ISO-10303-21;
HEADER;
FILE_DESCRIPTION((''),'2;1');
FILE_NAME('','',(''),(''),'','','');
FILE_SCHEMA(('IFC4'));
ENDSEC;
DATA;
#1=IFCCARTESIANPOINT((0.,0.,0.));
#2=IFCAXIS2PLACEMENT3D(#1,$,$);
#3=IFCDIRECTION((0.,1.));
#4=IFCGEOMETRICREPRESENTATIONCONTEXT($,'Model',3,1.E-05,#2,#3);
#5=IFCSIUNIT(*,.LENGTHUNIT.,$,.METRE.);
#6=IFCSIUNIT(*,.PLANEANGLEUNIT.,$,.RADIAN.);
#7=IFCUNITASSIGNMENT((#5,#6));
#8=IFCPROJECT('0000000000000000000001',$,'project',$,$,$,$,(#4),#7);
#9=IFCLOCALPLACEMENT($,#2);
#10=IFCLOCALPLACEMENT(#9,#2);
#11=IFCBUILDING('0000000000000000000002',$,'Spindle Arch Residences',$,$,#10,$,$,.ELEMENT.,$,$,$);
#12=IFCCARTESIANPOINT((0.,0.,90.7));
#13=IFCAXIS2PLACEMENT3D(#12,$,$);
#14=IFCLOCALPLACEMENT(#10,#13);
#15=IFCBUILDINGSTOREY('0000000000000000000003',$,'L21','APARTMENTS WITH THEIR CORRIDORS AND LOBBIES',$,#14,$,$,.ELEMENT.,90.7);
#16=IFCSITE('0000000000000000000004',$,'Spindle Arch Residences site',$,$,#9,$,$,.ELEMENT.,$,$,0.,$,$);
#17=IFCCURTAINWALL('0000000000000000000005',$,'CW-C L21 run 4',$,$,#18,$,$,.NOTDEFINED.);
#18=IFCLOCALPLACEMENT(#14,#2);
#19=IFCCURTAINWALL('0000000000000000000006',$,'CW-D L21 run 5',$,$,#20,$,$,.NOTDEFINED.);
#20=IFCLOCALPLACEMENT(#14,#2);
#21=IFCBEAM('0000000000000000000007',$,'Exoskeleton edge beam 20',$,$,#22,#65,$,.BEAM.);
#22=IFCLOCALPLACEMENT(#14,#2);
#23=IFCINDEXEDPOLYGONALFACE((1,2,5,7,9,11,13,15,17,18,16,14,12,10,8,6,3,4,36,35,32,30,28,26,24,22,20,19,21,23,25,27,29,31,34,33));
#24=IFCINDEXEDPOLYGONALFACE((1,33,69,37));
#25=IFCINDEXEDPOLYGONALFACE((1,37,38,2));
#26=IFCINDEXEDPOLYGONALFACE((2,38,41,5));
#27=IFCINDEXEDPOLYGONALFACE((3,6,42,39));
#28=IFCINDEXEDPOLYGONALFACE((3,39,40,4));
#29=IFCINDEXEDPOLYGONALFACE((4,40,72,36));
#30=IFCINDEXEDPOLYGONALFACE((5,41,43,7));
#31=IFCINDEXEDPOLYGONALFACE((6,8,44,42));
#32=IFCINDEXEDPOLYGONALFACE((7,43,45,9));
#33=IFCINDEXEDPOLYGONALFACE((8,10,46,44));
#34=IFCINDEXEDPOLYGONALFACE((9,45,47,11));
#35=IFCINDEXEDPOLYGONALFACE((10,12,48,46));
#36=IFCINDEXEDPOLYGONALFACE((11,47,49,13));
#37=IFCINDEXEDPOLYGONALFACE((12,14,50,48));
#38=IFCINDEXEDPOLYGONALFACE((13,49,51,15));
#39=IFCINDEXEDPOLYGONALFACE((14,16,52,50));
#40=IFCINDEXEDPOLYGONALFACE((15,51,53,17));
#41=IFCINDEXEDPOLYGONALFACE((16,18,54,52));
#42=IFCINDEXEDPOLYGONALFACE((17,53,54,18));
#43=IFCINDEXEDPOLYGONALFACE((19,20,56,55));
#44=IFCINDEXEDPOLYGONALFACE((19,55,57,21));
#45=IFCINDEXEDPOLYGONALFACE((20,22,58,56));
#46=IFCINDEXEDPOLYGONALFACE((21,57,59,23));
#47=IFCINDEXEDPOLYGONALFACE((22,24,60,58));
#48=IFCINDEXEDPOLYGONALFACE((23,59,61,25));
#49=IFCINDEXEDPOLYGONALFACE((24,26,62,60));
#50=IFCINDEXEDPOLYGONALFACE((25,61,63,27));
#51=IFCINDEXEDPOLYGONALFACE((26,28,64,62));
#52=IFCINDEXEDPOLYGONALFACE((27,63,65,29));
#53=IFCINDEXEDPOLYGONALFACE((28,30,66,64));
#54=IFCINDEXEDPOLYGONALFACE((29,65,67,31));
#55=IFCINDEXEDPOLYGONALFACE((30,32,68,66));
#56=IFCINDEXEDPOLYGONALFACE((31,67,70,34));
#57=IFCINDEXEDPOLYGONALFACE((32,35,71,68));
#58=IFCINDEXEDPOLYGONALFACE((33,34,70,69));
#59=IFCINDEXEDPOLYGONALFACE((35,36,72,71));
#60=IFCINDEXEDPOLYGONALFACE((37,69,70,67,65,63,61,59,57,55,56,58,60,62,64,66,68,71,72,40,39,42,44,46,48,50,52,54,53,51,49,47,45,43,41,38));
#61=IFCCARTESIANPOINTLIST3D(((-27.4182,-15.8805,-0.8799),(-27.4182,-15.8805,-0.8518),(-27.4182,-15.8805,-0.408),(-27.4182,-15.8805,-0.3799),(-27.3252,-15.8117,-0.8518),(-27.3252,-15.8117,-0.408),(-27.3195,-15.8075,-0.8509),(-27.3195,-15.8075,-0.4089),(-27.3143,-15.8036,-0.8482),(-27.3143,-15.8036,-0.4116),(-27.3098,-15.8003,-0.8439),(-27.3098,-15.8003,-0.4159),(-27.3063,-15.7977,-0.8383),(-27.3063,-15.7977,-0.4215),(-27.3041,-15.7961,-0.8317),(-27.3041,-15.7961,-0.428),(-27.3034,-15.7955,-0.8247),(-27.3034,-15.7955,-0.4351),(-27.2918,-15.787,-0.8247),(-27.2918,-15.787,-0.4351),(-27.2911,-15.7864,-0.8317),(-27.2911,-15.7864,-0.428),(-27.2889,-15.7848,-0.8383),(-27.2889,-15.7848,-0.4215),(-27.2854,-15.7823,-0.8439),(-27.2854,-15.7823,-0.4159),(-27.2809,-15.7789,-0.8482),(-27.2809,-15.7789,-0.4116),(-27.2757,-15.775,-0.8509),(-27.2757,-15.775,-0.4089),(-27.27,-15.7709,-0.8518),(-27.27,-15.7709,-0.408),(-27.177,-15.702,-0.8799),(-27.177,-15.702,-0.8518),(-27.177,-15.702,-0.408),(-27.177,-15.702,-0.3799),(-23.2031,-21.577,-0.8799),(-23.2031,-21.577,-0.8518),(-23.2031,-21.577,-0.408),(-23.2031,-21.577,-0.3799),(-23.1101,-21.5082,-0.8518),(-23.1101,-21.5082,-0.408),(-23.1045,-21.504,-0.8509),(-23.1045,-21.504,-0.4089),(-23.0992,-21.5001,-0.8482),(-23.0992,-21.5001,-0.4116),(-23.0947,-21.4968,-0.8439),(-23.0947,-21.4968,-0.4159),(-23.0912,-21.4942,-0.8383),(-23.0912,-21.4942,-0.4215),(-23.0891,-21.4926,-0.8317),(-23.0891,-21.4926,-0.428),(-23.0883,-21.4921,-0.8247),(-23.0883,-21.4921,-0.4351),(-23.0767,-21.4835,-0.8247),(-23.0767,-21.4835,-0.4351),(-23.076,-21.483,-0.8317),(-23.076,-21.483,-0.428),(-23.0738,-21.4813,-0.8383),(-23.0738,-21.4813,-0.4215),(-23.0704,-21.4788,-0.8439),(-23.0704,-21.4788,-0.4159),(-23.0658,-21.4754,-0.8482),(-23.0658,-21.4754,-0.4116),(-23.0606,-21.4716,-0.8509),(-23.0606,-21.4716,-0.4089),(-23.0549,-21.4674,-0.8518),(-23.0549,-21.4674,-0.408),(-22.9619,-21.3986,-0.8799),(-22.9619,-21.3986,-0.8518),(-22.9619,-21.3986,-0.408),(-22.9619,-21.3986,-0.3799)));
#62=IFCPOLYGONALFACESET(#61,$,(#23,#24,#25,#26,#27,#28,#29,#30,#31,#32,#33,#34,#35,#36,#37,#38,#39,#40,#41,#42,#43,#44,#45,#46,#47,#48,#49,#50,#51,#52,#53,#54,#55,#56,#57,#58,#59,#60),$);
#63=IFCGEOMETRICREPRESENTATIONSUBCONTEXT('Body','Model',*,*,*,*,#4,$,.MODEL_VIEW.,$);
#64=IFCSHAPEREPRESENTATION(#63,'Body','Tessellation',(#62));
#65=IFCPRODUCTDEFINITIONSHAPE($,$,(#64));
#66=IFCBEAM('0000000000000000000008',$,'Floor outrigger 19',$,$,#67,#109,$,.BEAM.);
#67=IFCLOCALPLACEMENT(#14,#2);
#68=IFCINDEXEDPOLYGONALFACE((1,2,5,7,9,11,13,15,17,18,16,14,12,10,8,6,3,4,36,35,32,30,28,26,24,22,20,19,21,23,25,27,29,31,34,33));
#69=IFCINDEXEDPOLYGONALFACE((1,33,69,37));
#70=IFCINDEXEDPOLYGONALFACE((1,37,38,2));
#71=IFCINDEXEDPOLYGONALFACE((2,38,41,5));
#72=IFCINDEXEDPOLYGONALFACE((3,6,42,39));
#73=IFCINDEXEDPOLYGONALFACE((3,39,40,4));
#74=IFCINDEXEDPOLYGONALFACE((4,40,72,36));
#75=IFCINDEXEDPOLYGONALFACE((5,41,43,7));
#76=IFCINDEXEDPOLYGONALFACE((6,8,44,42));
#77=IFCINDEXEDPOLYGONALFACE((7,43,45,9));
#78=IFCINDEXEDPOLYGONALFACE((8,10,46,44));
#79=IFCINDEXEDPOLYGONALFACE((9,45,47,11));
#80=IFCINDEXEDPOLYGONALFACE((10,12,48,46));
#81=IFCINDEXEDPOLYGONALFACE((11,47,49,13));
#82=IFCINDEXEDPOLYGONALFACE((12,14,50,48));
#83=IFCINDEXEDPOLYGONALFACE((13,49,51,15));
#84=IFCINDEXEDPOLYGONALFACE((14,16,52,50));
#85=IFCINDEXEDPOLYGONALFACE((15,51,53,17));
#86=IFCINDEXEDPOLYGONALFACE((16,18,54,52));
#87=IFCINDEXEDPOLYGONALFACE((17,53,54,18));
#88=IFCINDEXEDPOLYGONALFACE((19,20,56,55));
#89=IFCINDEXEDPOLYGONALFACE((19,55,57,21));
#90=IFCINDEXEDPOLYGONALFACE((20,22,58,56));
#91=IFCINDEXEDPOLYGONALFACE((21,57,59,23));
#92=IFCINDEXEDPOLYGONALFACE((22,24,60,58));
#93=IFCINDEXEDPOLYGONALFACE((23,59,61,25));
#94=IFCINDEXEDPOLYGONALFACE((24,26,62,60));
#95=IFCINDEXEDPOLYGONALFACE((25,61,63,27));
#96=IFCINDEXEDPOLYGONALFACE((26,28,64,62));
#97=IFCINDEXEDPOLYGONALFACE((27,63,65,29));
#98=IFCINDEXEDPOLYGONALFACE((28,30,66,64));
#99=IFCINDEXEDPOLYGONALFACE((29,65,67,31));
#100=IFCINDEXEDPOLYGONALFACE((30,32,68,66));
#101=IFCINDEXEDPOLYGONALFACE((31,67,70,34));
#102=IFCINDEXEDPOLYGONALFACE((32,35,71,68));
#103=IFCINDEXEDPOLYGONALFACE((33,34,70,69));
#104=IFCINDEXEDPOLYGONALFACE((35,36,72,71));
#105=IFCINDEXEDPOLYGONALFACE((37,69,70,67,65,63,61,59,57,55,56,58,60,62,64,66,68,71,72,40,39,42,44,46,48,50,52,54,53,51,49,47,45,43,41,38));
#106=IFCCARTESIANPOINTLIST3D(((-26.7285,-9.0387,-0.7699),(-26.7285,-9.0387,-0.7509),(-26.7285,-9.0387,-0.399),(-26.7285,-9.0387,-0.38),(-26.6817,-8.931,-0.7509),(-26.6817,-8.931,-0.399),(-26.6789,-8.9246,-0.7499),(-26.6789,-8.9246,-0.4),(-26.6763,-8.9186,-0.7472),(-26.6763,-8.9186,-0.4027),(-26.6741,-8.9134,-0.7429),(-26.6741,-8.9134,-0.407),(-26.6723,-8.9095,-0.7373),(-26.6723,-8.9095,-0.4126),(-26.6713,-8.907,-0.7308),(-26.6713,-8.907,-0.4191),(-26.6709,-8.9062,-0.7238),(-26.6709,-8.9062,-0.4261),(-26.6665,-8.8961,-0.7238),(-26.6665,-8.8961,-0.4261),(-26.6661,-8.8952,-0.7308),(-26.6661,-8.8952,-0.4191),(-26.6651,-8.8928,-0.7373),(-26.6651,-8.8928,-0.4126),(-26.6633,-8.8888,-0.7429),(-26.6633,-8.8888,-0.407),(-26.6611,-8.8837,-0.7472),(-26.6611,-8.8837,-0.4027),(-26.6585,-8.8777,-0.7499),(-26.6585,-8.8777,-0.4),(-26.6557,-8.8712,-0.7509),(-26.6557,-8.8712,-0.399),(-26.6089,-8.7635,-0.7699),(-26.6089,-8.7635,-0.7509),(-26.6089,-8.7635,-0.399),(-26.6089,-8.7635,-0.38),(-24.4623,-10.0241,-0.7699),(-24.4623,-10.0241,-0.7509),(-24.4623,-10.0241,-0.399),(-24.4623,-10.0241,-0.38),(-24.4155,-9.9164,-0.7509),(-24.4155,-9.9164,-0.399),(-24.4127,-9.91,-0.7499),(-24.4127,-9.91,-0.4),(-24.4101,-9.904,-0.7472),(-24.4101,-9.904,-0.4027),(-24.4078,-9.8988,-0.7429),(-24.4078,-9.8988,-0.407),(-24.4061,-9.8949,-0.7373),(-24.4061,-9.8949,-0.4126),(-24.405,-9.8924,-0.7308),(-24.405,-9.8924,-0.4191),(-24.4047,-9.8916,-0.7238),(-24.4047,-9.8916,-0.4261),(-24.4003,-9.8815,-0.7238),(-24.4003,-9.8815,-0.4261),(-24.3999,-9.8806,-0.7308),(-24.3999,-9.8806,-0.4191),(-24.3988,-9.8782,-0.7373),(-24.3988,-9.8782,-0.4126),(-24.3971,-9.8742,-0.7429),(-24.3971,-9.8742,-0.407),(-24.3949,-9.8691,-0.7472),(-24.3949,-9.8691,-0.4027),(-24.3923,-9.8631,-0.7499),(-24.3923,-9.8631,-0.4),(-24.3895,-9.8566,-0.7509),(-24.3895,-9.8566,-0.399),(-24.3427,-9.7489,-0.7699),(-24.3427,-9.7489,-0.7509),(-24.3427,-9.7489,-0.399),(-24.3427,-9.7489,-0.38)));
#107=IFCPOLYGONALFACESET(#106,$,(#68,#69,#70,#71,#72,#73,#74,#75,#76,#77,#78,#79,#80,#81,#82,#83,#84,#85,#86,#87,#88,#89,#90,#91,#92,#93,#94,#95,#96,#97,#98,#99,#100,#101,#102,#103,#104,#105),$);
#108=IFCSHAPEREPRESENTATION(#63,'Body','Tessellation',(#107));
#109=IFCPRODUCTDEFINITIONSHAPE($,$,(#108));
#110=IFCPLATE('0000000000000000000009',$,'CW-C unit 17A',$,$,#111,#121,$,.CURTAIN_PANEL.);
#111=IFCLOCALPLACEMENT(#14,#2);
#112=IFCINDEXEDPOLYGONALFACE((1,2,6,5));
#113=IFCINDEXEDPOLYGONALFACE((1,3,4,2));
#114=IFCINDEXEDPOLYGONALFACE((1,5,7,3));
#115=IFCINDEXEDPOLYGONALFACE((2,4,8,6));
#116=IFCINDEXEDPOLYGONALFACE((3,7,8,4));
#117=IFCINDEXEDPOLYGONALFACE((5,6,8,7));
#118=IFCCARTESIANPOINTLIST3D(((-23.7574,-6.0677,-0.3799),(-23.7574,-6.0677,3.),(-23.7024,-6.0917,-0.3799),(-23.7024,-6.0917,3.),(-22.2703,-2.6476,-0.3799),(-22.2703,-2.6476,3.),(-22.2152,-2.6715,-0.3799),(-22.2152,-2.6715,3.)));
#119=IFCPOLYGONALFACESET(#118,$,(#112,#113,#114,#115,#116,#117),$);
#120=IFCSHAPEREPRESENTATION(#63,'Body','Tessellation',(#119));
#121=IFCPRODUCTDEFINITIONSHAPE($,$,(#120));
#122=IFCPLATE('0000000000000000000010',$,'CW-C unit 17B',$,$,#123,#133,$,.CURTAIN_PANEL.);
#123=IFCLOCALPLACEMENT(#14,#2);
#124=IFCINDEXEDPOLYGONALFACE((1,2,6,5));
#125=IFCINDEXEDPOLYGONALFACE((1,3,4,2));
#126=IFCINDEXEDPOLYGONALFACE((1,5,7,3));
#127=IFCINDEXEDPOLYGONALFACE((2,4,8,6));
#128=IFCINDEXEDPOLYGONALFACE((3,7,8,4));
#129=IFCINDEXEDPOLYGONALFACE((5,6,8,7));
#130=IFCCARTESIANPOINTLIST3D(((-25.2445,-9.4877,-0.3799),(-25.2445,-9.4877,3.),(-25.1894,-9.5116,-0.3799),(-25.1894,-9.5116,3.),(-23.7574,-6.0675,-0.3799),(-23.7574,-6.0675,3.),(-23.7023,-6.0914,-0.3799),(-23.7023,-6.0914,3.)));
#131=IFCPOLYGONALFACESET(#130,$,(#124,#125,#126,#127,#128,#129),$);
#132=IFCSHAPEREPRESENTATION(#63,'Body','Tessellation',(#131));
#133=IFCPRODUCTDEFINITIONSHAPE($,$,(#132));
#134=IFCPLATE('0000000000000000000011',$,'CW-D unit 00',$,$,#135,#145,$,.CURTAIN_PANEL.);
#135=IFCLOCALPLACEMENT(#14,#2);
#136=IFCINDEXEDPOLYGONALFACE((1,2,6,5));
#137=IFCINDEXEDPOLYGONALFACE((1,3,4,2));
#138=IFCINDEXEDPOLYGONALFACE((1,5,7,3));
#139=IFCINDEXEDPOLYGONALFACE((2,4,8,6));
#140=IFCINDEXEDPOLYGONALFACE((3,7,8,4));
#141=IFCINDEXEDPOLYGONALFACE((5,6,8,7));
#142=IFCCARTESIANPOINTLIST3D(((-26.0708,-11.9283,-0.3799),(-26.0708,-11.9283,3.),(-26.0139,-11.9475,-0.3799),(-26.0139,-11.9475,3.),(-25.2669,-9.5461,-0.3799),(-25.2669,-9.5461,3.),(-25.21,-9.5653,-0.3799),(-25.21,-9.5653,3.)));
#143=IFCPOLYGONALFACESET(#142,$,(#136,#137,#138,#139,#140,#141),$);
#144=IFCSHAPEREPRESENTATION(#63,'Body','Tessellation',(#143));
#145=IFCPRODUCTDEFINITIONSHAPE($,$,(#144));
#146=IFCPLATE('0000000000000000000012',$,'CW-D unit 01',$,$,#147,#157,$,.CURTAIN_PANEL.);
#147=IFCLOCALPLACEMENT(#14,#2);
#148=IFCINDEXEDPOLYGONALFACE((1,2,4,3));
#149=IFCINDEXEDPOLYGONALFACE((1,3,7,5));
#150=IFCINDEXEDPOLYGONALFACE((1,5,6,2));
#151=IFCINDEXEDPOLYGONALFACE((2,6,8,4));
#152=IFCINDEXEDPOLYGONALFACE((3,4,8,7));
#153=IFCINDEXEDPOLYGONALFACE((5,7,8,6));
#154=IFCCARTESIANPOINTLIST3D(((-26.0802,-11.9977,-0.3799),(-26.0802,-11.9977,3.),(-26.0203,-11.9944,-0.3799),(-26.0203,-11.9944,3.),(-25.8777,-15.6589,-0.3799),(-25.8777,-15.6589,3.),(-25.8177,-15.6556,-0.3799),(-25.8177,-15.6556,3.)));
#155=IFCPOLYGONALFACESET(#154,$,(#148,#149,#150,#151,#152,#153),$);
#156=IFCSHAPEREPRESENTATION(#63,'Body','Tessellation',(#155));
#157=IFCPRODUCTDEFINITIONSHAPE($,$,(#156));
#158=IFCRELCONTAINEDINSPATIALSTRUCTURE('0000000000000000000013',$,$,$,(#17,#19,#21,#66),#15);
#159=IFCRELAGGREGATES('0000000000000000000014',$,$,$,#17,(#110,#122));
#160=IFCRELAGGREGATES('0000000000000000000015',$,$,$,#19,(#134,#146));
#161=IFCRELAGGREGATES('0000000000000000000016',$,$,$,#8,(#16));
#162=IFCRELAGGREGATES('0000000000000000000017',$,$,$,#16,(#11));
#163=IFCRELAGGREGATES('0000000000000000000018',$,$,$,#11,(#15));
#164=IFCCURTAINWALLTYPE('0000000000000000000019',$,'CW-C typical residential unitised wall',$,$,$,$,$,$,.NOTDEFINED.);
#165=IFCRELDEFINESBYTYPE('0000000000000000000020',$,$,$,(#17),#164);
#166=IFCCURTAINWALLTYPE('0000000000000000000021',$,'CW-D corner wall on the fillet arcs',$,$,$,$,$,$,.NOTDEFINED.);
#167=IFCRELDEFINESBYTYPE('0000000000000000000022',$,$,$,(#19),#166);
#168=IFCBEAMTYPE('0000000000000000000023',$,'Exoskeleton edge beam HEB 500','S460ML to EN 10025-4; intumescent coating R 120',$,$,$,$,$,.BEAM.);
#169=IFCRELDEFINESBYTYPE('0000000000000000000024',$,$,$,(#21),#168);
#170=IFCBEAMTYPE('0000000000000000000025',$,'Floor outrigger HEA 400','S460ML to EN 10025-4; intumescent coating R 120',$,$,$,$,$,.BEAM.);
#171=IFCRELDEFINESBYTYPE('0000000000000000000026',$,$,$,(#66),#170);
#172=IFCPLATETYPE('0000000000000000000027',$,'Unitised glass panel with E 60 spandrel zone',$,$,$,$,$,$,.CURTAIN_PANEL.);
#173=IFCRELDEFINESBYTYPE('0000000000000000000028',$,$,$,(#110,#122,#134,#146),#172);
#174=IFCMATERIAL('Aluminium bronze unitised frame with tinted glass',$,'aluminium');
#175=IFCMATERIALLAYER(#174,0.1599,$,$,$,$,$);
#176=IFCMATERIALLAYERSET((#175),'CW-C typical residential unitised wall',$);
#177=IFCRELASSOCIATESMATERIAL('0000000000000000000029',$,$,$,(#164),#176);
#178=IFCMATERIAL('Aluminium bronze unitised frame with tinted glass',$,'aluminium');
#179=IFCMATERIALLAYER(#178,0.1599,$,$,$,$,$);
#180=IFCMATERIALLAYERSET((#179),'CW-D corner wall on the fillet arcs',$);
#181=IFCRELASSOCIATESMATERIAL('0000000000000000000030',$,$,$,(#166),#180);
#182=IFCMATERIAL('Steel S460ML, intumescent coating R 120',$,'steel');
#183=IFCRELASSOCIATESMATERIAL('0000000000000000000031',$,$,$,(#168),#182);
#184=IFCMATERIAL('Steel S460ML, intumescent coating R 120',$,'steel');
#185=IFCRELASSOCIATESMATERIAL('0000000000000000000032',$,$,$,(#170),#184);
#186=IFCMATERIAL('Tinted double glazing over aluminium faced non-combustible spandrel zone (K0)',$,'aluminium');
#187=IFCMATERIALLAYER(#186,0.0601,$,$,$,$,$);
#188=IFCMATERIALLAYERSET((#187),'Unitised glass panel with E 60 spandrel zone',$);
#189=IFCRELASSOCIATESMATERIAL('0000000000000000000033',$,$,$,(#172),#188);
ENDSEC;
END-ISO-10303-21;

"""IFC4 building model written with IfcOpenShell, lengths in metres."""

from ifc_helpers import new_model, si_unit, direction, frame, origin, origin_2d, place, context, subcontext, project, spatial, rectangle, i_section, extrude, material, layer, layer_set, material_profile, profile_set, type_object, element, aggregate, save


model = new_model("IFC4")

# Units and contexts
model_context = context("Model", 3, precision=1e-05, world=origin(), true_north=direction((0.0, 1.0)))
body_context = subcontext(model_context, "Body", "Model", "MODEL_VIEW")
ifc_project = project(units=[si_unit("LENGTHUNIT", "METRE"), si_unit("PLANEANGLEUNIT", "RADIAN")], contexts=[model_context])

# Site, building, storey
site_placement = place(None, origin())
site = spatial("IfcSite", under=ifc_project, at=site_placement, Name="Spindle Arch Residences site", CompositionType="ELEMENT", RefElevation=0.0)
building_placement = place(site_placement, origin())
building = spatial("IfcBuilding", under=site, at=building_placement, Name="Spindle Arch Residences", CompositionType="ELEMENT")
storey_placement = place(building_placement, frame((0.0, 0.0, 90.7)))
storey = spatial("IfcBuildingStorey", under=building, at=storey_placement, Name="L21", Description="APARTMENTS WITH THEIR CORRIDORS AND LOBBIES", CompositionType="ELEMENT", Elevation=90.7)

# Curtain wall
ifc_material_1 = material(Name="Aluminium bronze unitised frame with tinted glass", Category="aluminium")
ifc_layer_1 = layer(ifc_material_1, 0.1599)
ifc_layer_set_1 = layer_set([ifc_layer_1], Name="CW-C typical residential unitised wall")
curtain_wall_type_1 = type_object("IfcCurtainWallType", Name="CW-C typical residential unitised wall", PredefinedType="NOTDEFINED", material=ifc_layer_set_1)
curtain_wall_1_placement = place(storey_placement, origin())
curtain_wall_1 = element("IfcCurtainWall", 1, at=curtain_wall_1_placement, inside=storey, type_object=curtain_wall_type_1, Name="CW-C L21 run 4", PredefinedType="NOTDEFINED")

# Curtain wall
ifc_material_2 = material(Name="Aluminium bronze unitised frame with tinted glass", Category="aluminium")
ifc_layer_2 = layer(ifc_material_2, 0.1599)
ifc_layer_set_2 = layer_set([ifc_layer_2], Name="CW-D corner wall on the fillet arcs")
curtain_wall_type_2 = type_object("IfcCurtainWallType", Name="CW-D corner wall on the fillet arcs", PredefinedType="NOTDEFINED", material=ifc_layer_set_2)
curtain_wall_2_placement = place(storey_placement, origin())
curtain_wall_2 = element("IfcCurtainWall", 2, at=curtain_wall_2_placement, inside=storey, type_object=curtain_wall_type_2, Name="CW-D L21 run 5", PredefinedType="NOTDEFINED")

# Beams
ifc_material_3 = material(Name="Steel S460ML, intumescent coating R 120", Category="steel")
ifc_material_profile_1 = material_profile(ifc_material_3, i_section(OverallWidth=0.3, OverallDepth=0.5, WebThickness=0.0144, FlangeThickness=0.0281, FilletRadius=0.0271, at=origin_2d()), Name="HEB 500")
ifc_profile_set_1 = profile_set([ifc_material_profile_1], Name="Steel S460ML, intumescent coating R 120")
beam_type_1 = type_object("IfcBeamType", Name="Exoskeleton edge beam HEB 500", Description="S460ML to EN 10025-4; intumescent coating R 120", PredefinedType="BEAM", material=ifc_profile_set_1)
beam_1_placement = place(storey_placement, frame((-27.2976, -15.7913, -0.6299), z_axis=(0.594811, -0.803865, 0.0), x_axis=(0.803865, 0.594811, 0.0)))
element("IfcBeam", 3, at=beam_1_placement, inside=storey, type_object=beam_type_1, Name="Exoskeleton edge beam 20", PredefinedType="BEAM", context=body_context, shape_type="SweptSolid", body=[
    extrude(i_section(OverallWidth=0.3, OverallDepth=0.5, WebThickness=0.0144, FlangeThickness=0.0281, FilletRadius=0.0271, at=origin_2d()), origin(), (0.0, 0.0, 1.0), 7.0864),
])
ifc_material_4 = material(Name="Steel S460ML, intumescent coating R 120", Category="steel")
ifc_material_profile_2 = material_profile(ifc_material_4, i_section(OverallWidth=0.3, OverallDepth=0.3899, WebThickness=0.011, FlangeThickness=0.019, FilletRadius=0.0271, at=origin_2d()), Name="HEA 400")
ifc_profile_set_2 = profile_set([ifc_material_profile_2], Name="Steel S460ML, intumescent coating R 120")
beam_type_2 = type_object("IfcBeamType", Name="Floor outrigger HEA 400", Description="S460ML to EN 10025-4; intumescent coating R 120", PredefinedType="BEAM", material=ifc_profile_set_2)
beam_2_placement = place(storey_placement, frame((-26.6687, -8.9011, -0.575), z_axis=(0.917057, -0.398755, 0.0), x_axis=(0.398755, 0.917057, 0.0)))
element("IfcBeam", 4, at=beam_2_placement, inside=storey, type_object=beam_type_2, Name="Floor outrigger 19", PredefinedType="BEAM", context=body_context, shape_type="SweptSolid", body=[
    extrude(i_section(OverallWidth=0.3, OverallDepth=0.3899, WebThickness=0.011, FlangeThickness=0.019, FilletRadius=0.0271, at=origin_2d()), origin(), (0.0, 0.0, 1.0), 2.4712),
])

# Plates
ifc_material_5 = material(Name="Tinted double glazing over aluminium faced non-combustible spandrel zone (K0)", Category="aluminium")
ifc_layer_3 = layer(ifc_material_5, 0.0601)
ifc_layer_set_3 = layer_set([ifc_layer_3], Name="Unitised glass panel with E 60 spandrel zone")
plate_type = type_object("IfcPlateType", Name="Unitised glass panel with E 60 spandrel zone", PredefinedType="CURTAIN_PANEL", material=ifc_layer_set_3)
plate_1_placement = place(storey_placement, frame((-22.9863, -4.3696, -0.3799), z_axis=(0.0, 0.0, 1.0), x_axis=(-0.398749, -0.91706, 0.0)))
plate_1 = element("IfcPlate", 5, at=plate_1_placement, type_object=plate_type, Name="CW-C unit 17A", PredefinedType="CURTAIN_PANEL", context=body_context, shape_type="SweptSolid", body=[
    extrude(rectangle(XDim=3.7295, YDim=0.0601, at=origin_2d()), origin(), (0.0, 0.0, 1.0), 3.3799),
])
plate_2_placement = place(storey_placement, frame((-24.4734, -7.7896, -0.3799), z_axis=(0.0, 0.0, 1.0), x_axis=(-0.398749, -0.91706, 0.0)))
plate_2 = element("IfcPlate", 6, at=plate_2_placement, type_object=plate_type, Name="CW-C unit 17B", PredefinedType="CURTAIN_PANEL", context=body_context, shape_type="SweptSolid", body=[
    extrude(rectangle(XDim=3.7295, YDim=0.0601, at=origin_2d()), origin(), (0.0, 0.0, 1.0), 3.3799),
])
aggregate(curtain_wall_1, [plate_1, plate_2])
plate_3_placement = place(storey_placement, frame((-25.6404, -10.7468, -0.3799), z_axis=(0.0, 0.0, 1.0), x_axis=(-0.319727, -0.94751, 0.0)))
plate_3 = element("IfcPlate", 7, at=plate_3_placement, type_object=plate_type, Name="CW-D unit 00", PredefinedType="CURTAIN_PANEL", context=body_context, shape_type="SweptSolid", body=[
    extrude(rectangle(XDim=2.5142, YDim=0.0601, at=origin_2d()), origin(), (0.0, 0.0, 1.0), 3.3799),
])
plate_4_placement = place(storey_placement, frame((-25.949, -13.8267, -0.3799), z_axis=(0.0, 0.0, 1.0), x_axis=(0.055241, -0.998473, 0.0)))
plate_4 = element("IfcPlate", 8, at=plate_4_placement, type_object=plate_type, Name="CW-D unit 01", PredefinedType="CURTAIN_PANEL", context=body_context, shape_type="SweptSolid", body=[
    extrude(rectangle(XDim=3.6667, YDim=0.0601, at=origin_2d()), origin(), (0.0, 0.0, 1.0), 3.3799),
])
aggregate(curtain_wall_2, [plate_3, plate_4])

save(model, "model.ifc")
